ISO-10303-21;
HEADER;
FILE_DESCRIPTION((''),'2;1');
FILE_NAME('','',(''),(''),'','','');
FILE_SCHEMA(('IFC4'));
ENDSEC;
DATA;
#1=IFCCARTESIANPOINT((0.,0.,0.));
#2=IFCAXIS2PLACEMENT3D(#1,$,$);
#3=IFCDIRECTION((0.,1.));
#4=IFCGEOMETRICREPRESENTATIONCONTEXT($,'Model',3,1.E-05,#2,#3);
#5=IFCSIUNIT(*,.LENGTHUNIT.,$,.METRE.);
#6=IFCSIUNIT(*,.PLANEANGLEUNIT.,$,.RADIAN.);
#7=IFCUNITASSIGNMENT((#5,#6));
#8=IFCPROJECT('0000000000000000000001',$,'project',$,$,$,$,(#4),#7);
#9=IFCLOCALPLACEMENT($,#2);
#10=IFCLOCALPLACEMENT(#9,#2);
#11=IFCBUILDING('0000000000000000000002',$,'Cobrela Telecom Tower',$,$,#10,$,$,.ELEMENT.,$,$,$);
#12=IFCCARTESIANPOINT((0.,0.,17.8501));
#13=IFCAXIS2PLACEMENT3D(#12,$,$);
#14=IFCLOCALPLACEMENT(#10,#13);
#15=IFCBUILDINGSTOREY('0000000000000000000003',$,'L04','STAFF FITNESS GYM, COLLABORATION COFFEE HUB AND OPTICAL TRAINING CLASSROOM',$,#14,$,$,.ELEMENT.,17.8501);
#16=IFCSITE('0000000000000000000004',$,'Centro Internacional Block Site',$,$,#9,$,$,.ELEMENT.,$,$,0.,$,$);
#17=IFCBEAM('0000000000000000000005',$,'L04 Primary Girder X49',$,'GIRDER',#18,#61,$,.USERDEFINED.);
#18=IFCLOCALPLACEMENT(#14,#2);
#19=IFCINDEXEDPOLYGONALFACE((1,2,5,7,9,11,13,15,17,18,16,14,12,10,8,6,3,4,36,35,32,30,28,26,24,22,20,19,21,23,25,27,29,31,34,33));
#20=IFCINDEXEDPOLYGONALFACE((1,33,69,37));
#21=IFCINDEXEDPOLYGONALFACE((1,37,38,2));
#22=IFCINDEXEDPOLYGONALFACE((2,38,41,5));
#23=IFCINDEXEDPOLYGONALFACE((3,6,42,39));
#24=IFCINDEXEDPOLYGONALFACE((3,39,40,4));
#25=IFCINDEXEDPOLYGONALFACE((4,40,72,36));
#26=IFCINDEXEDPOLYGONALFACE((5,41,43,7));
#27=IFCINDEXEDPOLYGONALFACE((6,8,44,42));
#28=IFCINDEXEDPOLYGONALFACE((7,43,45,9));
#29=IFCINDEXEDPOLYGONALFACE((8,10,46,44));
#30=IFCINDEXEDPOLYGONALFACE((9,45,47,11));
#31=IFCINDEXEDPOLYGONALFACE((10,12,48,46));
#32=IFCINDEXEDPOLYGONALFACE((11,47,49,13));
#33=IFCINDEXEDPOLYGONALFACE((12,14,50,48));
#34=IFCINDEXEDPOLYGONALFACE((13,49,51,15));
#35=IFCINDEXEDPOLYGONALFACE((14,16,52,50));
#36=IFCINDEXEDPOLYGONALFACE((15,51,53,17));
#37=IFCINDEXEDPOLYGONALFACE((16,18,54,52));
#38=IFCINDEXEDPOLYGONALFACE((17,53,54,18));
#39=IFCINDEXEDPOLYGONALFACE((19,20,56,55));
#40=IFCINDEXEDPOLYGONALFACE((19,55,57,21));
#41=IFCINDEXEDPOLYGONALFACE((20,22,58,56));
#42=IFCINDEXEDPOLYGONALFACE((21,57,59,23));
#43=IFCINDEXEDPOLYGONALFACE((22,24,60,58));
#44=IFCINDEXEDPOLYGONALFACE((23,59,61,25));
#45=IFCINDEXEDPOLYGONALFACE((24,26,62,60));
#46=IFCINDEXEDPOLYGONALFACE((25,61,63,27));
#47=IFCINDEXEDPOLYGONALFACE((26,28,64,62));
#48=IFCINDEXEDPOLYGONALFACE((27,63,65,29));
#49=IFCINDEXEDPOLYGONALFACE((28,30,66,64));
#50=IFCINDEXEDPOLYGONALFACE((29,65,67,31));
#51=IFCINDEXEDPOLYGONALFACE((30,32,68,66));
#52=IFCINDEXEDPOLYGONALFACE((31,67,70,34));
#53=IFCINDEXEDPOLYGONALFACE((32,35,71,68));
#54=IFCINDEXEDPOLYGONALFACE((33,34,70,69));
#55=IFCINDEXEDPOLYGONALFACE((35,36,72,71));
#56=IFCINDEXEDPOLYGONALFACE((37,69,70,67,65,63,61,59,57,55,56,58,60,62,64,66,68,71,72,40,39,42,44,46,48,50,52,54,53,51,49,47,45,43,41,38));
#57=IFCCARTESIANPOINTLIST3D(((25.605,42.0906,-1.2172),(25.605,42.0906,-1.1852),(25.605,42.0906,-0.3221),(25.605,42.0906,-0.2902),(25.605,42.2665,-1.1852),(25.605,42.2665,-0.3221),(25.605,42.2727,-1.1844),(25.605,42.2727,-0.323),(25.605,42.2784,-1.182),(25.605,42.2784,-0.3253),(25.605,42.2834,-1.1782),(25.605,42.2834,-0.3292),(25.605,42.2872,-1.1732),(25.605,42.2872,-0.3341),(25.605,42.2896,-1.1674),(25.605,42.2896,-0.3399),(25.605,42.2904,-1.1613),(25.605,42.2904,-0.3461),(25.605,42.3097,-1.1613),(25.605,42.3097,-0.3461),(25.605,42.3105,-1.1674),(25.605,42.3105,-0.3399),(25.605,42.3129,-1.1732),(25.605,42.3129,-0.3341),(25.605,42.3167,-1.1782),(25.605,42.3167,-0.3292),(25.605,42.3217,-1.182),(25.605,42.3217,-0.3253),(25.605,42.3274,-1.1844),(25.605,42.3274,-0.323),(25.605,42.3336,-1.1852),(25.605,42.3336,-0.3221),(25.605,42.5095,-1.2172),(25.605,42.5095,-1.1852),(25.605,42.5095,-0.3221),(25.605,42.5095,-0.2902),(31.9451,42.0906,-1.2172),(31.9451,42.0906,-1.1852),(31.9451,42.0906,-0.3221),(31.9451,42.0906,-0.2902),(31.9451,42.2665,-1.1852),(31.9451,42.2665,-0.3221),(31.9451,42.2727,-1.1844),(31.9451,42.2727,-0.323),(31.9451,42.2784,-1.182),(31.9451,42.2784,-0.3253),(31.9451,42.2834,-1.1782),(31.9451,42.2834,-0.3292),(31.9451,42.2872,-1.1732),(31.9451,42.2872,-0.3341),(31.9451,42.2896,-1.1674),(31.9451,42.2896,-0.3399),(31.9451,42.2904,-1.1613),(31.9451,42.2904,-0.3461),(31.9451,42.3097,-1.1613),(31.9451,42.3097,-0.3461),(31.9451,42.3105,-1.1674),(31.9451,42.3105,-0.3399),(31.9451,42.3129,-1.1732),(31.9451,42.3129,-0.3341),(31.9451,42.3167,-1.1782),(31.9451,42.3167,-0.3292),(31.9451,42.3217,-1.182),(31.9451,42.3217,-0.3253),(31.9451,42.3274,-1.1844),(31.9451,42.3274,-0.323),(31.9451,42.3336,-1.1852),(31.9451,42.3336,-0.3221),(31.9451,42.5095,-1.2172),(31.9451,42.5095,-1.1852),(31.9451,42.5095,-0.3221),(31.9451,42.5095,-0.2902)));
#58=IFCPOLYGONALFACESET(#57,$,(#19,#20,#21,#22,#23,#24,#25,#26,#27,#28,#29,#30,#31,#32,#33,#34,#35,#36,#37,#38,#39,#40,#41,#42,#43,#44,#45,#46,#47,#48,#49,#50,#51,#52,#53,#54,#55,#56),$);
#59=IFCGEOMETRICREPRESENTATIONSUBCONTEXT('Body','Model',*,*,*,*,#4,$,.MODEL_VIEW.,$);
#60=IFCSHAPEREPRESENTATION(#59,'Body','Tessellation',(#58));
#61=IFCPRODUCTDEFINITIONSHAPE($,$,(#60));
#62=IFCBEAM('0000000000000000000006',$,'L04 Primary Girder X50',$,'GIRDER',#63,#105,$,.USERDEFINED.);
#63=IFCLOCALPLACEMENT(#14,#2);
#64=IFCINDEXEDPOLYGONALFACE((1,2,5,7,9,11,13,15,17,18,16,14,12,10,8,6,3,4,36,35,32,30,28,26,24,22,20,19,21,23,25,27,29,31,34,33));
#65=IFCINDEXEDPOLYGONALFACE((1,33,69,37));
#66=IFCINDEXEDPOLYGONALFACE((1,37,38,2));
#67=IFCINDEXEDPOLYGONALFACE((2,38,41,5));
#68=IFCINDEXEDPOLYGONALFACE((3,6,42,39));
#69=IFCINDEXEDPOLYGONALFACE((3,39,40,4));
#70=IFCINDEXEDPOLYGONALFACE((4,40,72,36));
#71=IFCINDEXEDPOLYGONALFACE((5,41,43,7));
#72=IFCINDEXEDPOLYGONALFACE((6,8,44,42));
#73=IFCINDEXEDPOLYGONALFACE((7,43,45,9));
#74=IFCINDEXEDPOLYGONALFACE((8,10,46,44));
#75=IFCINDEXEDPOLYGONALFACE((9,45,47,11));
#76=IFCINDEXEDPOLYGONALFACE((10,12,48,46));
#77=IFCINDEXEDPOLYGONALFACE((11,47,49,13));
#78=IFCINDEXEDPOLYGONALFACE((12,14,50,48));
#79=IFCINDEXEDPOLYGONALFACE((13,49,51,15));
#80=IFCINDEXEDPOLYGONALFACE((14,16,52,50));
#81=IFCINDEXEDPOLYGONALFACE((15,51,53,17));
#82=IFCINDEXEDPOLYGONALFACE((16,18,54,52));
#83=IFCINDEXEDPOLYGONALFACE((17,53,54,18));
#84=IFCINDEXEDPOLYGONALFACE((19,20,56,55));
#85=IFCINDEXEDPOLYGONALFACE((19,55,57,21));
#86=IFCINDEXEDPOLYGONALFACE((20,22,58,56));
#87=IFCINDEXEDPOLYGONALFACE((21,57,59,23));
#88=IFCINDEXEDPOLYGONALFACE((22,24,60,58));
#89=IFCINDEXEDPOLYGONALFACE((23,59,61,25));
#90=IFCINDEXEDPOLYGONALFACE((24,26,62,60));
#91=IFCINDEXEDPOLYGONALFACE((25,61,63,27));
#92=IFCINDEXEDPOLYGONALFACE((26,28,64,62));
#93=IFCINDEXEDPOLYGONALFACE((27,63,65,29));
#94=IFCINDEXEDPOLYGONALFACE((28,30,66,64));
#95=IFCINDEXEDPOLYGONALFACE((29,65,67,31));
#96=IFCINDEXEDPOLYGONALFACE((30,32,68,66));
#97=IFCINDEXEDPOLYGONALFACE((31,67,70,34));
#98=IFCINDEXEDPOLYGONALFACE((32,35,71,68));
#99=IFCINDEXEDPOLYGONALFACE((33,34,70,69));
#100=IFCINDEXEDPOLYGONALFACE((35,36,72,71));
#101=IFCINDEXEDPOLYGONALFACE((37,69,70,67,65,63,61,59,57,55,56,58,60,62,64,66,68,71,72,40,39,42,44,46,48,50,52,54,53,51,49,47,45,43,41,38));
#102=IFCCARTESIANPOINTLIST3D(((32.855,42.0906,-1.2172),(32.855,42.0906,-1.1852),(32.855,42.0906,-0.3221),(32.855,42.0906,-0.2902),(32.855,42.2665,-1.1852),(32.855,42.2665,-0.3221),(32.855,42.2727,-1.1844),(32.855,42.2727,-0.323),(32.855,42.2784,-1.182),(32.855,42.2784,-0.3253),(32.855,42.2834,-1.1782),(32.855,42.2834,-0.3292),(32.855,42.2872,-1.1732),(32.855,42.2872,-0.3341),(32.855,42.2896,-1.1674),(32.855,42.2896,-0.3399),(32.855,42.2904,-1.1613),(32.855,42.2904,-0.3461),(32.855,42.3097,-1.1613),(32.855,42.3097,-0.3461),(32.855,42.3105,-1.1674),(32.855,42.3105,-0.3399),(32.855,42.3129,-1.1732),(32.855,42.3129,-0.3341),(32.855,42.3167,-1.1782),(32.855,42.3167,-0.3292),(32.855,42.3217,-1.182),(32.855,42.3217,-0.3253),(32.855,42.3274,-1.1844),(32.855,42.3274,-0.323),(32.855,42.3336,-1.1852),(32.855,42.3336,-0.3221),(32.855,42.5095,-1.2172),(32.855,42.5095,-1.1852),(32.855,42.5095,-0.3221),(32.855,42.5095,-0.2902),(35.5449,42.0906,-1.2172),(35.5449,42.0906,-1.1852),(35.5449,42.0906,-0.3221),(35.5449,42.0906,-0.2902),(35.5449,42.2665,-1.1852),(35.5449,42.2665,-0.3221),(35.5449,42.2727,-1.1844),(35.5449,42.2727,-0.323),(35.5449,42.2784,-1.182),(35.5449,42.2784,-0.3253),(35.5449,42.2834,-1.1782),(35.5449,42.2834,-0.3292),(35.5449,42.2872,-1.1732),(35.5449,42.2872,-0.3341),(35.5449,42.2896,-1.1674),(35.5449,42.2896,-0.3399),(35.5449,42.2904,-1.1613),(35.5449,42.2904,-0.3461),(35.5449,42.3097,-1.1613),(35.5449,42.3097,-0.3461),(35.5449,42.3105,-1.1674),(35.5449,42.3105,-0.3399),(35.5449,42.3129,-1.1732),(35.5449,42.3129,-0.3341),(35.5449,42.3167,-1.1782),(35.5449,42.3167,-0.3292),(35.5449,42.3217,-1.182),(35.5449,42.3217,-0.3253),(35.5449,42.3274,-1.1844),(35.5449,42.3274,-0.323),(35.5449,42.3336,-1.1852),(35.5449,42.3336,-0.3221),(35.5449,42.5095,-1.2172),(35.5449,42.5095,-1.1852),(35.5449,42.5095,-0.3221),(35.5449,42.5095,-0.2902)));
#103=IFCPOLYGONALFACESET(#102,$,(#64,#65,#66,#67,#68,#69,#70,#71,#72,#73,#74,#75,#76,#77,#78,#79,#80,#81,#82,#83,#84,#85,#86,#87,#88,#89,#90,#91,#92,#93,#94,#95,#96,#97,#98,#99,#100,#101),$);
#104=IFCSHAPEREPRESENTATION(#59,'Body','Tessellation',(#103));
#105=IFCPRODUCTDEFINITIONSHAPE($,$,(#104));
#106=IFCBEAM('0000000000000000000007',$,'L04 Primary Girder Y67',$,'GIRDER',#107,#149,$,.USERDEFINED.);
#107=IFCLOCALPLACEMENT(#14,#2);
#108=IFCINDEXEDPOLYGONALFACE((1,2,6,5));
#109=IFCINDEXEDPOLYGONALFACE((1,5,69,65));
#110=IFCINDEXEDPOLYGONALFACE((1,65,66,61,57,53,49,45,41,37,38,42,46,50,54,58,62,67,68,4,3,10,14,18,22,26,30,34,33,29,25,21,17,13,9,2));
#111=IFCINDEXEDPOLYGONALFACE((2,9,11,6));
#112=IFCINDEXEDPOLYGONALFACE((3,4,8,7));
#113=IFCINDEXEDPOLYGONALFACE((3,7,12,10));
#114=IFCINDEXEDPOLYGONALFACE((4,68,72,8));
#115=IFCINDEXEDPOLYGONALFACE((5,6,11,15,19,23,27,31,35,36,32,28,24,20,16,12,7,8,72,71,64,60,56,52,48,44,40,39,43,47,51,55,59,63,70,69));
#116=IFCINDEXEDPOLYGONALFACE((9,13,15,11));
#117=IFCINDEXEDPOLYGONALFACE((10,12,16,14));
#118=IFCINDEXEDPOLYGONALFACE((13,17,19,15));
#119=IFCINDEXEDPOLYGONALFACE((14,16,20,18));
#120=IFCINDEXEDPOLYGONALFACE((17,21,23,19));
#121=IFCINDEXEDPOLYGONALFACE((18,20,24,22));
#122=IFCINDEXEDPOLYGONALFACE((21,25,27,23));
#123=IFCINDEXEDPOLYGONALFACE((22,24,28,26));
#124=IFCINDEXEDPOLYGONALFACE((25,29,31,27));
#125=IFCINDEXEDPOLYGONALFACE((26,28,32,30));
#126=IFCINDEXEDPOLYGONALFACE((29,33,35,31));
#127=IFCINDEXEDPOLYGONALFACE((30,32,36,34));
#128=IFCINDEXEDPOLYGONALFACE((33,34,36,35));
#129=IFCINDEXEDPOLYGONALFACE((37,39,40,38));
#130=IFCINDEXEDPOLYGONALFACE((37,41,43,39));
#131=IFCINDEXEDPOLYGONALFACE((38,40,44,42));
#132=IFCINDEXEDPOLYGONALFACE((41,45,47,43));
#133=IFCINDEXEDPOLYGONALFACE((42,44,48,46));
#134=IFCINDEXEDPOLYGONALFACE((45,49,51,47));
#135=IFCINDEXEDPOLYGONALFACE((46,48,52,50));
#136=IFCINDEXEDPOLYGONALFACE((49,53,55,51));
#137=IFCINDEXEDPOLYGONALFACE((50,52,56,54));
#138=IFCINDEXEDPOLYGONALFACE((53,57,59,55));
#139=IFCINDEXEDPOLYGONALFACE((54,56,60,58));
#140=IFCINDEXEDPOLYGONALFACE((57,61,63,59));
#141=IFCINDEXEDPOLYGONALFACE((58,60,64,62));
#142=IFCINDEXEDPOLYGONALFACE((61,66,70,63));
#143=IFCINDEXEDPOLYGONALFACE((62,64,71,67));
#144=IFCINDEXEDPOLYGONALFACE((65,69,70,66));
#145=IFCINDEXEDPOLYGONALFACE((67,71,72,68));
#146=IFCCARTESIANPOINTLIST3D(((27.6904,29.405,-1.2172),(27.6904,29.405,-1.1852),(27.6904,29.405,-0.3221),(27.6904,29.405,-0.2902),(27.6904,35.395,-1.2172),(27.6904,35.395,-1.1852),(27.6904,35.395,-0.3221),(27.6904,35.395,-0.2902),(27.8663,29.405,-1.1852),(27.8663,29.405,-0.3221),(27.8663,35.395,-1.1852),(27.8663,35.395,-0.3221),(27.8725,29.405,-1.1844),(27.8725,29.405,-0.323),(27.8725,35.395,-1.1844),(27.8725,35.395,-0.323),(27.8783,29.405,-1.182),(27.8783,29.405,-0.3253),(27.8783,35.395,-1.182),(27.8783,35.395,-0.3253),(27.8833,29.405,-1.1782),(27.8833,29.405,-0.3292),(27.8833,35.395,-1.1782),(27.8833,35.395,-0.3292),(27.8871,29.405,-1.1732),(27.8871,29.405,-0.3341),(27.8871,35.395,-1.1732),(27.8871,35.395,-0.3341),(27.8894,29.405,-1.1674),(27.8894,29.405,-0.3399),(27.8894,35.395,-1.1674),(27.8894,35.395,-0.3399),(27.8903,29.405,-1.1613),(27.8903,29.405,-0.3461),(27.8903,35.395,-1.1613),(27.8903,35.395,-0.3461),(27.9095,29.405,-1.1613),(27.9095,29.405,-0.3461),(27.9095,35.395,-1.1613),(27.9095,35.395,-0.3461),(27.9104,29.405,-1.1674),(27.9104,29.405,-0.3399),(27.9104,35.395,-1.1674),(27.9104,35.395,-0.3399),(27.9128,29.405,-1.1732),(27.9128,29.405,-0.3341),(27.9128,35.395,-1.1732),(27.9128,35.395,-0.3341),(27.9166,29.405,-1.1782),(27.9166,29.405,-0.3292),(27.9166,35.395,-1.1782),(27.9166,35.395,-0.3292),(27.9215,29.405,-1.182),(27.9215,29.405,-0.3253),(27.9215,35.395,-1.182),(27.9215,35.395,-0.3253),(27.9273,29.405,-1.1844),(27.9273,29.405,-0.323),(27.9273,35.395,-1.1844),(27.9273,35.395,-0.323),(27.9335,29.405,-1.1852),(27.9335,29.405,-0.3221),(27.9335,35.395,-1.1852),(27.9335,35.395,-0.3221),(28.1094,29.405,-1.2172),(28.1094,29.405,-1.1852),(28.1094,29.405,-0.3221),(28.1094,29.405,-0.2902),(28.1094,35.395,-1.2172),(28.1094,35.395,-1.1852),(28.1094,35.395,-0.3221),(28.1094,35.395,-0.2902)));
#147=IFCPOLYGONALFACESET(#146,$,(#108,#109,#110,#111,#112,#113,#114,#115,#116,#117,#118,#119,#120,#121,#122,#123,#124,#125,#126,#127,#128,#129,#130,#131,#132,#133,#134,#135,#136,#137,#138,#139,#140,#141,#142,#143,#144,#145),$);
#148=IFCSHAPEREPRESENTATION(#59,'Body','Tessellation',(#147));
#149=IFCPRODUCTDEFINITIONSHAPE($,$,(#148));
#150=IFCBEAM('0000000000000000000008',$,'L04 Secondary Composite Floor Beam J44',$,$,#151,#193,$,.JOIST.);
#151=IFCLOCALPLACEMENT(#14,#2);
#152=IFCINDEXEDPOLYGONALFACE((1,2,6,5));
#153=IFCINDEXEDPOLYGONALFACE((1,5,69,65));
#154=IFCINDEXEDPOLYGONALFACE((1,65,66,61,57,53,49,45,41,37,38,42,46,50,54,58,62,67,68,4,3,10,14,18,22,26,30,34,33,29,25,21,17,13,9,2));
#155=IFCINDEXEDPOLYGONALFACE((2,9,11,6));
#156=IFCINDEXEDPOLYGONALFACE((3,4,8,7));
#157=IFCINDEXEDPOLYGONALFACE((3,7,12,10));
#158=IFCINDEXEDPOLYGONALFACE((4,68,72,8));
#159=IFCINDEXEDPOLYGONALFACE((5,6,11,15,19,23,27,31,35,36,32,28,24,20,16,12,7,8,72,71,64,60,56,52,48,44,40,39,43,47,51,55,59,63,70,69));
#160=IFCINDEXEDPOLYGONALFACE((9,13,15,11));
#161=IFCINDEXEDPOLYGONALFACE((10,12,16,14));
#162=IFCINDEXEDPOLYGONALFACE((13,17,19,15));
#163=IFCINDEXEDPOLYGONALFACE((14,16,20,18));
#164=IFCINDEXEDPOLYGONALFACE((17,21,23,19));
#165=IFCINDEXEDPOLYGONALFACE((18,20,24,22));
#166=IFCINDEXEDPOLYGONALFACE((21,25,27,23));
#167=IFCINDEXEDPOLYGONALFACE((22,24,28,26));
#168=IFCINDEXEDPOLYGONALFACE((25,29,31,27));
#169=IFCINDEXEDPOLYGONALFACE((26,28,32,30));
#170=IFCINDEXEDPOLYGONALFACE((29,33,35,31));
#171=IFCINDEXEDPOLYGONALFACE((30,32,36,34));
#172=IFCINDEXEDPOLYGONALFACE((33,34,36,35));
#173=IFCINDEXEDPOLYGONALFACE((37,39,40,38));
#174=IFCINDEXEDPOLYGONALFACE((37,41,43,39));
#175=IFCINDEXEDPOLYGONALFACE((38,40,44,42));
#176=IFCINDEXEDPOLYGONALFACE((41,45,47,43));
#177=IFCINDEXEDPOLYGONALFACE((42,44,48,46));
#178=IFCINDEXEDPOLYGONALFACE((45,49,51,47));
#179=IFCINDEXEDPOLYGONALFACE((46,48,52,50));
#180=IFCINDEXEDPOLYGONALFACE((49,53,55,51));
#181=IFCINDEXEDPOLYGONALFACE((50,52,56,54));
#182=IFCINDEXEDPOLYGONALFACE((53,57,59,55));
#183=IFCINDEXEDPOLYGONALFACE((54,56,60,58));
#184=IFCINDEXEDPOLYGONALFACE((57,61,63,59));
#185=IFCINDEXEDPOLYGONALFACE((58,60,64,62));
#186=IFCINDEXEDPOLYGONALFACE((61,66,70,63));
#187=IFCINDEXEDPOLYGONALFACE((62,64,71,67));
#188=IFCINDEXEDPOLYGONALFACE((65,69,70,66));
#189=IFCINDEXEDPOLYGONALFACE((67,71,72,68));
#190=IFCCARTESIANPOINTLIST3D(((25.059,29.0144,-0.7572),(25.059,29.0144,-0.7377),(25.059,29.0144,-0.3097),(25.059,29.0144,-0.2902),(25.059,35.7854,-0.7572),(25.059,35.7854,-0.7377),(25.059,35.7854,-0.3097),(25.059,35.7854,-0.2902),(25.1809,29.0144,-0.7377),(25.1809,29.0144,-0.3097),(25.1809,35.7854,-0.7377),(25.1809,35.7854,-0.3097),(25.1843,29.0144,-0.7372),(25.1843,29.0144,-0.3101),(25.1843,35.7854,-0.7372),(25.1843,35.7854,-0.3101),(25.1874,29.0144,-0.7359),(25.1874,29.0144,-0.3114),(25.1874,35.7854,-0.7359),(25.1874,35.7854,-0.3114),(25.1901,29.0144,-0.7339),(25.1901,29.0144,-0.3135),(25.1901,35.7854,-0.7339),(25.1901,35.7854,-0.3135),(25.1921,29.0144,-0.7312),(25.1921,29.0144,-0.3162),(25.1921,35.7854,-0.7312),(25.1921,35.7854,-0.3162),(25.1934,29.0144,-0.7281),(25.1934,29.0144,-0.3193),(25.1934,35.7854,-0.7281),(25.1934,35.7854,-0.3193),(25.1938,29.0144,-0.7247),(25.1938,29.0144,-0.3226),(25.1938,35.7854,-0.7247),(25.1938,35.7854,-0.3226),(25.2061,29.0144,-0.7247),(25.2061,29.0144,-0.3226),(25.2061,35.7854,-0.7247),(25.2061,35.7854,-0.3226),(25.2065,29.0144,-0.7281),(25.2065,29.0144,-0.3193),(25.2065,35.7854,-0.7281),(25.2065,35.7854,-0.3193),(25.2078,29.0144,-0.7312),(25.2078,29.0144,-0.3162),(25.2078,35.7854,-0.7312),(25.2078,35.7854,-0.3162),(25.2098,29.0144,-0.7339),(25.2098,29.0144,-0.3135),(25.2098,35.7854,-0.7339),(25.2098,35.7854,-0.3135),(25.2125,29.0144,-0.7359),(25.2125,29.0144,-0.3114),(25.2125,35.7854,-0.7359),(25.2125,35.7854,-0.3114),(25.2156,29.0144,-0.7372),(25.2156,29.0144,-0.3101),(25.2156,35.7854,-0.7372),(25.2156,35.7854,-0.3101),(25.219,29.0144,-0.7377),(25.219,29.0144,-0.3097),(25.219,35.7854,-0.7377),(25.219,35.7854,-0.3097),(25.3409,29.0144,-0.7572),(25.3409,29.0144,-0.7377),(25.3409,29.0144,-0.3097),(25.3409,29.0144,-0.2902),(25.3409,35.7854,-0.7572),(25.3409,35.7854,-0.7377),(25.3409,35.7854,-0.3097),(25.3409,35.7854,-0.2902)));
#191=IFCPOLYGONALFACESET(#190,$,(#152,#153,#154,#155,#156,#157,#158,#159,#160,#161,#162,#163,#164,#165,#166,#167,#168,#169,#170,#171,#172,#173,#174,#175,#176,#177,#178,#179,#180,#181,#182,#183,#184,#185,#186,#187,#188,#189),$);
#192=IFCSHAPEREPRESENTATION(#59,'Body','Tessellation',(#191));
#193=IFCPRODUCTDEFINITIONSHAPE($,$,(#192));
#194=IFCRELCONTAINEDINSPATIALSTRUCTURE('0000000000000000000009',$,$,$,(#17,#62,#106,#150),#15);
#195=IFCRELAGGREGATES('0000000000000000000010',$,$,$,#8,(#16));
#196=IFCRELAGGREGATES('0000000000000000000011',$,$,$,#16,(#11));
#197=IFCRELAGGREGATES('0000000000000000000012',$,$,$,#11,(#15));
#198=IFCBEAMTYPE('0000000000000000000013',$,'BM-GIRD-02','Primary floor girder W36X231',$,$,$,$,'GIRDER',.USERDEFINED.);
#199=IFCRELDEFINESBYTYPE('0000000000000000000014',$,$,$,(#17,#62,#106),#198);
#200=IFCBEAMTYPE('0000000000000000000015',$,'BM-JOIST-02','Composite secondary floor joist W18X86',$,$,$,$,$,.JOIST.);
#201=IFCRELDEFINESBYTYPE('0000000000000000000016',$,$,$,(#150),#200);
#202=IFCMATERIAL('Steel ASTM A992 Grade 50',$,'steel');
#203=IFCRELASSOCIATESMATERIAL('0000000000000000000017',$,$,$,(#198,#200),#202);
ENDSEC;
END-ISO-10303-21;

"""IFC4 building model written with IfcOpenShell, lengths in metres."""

from ifc_helpers import new_model, si_unit, direction, frame, origin, origin_2d, place, context, subcontext, project, spatial, i_section, extrude, material, material_profile, profile_set, type_object, element, save


model = new_model("IFC4")

# Units and contexts
model_context = context("Model", 3, precision=1e-05, world=origin(), true_north=direction((0.0, 1.0)))
body_context = subcontext(model_context, "Body", "Model", "MODEL_VIEW")
ifc_project = project(units=[si_unit("LENGTHUNIT", "METRE"), si_unit("PLANEANGLEUNIT", "RADIAN")], contexts=[model_context])

# Site, building, storey
site_placement = place(None, origin())
site = spatial("IfcSite", under=ifc_project, at=site_placement, Name="Centro Internacional Block Site", CompositionType="ELEMENT", RefElevation=0.0)
building_placement = place(site_placement, origin())
building = spatial("IfcBuilding", under=site, at=building_placement, Name="Cobrela Telecom Tower", CompositionType="ELEMENT")
storey_placement = place(building_placement, frame((0.0, 0.0, 17.8501)))
storey = spatial("IfcBuildingStorey", under=building, at=storey_placement, Name="L04", Description="STAFF FITNESS GYM, COLLABORATION COFFEE HUB AND OPTICAL TRAINING CLASSROOM", CompositionType="ELEMENT", Elevation=17.8501)

# Beams
ifc_material_1 = material(Name="Steel ASTM A992 Grade 50", Category="steel")
ifc_material_profile_1 = material_profile(ifc_material_1, i_section(OverallWidth=0.4189, OverallDepth=0.927, WebThickness=0.0193, FlangeThickness=0.032, FilletRadius=0.0239, at=origin_2d()), Name="W36X231")
ifc_profile_set_1 = profile_set([ifc_material_profile_1], Name="Steel ASTM A992 Grade 50")
beam_type_1 = type_object("IfcBeamType", Name="BM-GIRD-02", Description="Primary floor girder W36X231", ElementType="GIRDER", PredefinedType="USERDEFINED", material=ifc_profile_set_1)
beam_1_placement = place(storey_placement, frame((25.605, 42.3, -0.7537), z_axis=(1.0, 0.0, 0.0), x_axis=(0.0, 1.0, 0.0)))
element("IfcBeam", 1, at=beam_1_placement, inside=storey, type_object=beam_type_1, Name="L04 Primary Girder X49", ObjectType="GIRDER", PredefinedType="USERDEFINED", context=body_context, shape_type="SweptSolid", body=[
    extrude(i_section(OverallWidth=0.4189, OverallDepth=0.927, WebThickness=0.0193, FlangeThickness=0.032, FilletRadius=0.0239, at=origin_2d()), origin(), (0.0, 0.0, 1.0), 6.3401),
])
beam_2_placement = place(storey_placement, frame((32.855, 42.3, -0.7537), z_axis=(1.0, 0.0, 0.0), x_axis=(0.0, 1.0, 0.0)))
element("IfcBeam", 2, at=beam_2_placement, inside=storey, type_object=beam_type_1, Name="L04 Primary Girder X50", ObjectType="GIRDER", PredefinedType="USERDEFINED", context=body_context, shape_type="SweptSolid", body=[
    extrude(i_section(OverallWidth=0.4189, OverallDepth=0.927, WebThickness=0.0193, FlangeThickness=0.032, FilletRadius=0.0239, at=origin_2d()), origin(), (0.0, 0.0, 1.0), 2.6899),
])
beam_3_placement = place(storey_placement, frame((27.8999, 29.405, -0.7537), z_axis=(0.0, 1.0, 0.0), x_axis=(-1.0, 0.0, 0.0)))
element("IfcBeam", 3, at=beam_3_placement, inside=storey, type_object=beam_type_1, Name="L04 Primary Girder Y67", ObjectType="GIRDER", PredefinedType="USERDEFINED", context=body_context, shape_type="SweptSolid", body=[
    extrude(i_section(OverallWidth=0.4189, OverallDepth=0.927, WebThickness=0.0193, FlangeThickness=0.032, FilletRadius=0.0239, at=origin_2d()), origin(), (0.0, 0.0, 1.0), 5.99),
])
ifc_material_profile_2 = material_profile(ifc_material_1, i_section(OverallWidth=0.282, OverallDepth=0.467, WebThickness=0.0122, FlangeThickness=0.0195, FilletRadius=0.0129, at=origin_2d()), Name="W18X86")
ifc_profile_set_2 = profile_set([ifc_material_profile_2], Name="Steel ASTM A992 Grade 50")
beam_type_2 = type_object("IfcBeamType", Name="BM-JOIST-02", Description="Composite secondary floor joist W18X86", PredefinedType="JOIST", material=ifc_profile_set_2)
for number, where, z_axis, x_axis, name in (
    (4, (25.2, 29.0144, -0.5237), (0.0, 1.0, 0.0), (-1.0, 0.0, 0.0), "L04 Secondary Composite Floor Beam J44"),
):
    element("IfcBeam", number, at=place(storey_placement, frame(where, z_axis=z_axis, x_axis=x_axis)), inside=storey, type_object=beam_type_2, Name=name, PredefinedType="JOIST", context=body_context, shape_type="SweptSolid", body=[
        extrude(i_section(OverallWidth=0.282, OverallDepth=0.467, WebThickness=0.0122, FlangeThickness=0.0195, FilletRadius=0.0129, at=origin_2d()), origin(), (0.0, 0.0, 1.0), 6.771),
    ])

save(model, "model.ifc")
